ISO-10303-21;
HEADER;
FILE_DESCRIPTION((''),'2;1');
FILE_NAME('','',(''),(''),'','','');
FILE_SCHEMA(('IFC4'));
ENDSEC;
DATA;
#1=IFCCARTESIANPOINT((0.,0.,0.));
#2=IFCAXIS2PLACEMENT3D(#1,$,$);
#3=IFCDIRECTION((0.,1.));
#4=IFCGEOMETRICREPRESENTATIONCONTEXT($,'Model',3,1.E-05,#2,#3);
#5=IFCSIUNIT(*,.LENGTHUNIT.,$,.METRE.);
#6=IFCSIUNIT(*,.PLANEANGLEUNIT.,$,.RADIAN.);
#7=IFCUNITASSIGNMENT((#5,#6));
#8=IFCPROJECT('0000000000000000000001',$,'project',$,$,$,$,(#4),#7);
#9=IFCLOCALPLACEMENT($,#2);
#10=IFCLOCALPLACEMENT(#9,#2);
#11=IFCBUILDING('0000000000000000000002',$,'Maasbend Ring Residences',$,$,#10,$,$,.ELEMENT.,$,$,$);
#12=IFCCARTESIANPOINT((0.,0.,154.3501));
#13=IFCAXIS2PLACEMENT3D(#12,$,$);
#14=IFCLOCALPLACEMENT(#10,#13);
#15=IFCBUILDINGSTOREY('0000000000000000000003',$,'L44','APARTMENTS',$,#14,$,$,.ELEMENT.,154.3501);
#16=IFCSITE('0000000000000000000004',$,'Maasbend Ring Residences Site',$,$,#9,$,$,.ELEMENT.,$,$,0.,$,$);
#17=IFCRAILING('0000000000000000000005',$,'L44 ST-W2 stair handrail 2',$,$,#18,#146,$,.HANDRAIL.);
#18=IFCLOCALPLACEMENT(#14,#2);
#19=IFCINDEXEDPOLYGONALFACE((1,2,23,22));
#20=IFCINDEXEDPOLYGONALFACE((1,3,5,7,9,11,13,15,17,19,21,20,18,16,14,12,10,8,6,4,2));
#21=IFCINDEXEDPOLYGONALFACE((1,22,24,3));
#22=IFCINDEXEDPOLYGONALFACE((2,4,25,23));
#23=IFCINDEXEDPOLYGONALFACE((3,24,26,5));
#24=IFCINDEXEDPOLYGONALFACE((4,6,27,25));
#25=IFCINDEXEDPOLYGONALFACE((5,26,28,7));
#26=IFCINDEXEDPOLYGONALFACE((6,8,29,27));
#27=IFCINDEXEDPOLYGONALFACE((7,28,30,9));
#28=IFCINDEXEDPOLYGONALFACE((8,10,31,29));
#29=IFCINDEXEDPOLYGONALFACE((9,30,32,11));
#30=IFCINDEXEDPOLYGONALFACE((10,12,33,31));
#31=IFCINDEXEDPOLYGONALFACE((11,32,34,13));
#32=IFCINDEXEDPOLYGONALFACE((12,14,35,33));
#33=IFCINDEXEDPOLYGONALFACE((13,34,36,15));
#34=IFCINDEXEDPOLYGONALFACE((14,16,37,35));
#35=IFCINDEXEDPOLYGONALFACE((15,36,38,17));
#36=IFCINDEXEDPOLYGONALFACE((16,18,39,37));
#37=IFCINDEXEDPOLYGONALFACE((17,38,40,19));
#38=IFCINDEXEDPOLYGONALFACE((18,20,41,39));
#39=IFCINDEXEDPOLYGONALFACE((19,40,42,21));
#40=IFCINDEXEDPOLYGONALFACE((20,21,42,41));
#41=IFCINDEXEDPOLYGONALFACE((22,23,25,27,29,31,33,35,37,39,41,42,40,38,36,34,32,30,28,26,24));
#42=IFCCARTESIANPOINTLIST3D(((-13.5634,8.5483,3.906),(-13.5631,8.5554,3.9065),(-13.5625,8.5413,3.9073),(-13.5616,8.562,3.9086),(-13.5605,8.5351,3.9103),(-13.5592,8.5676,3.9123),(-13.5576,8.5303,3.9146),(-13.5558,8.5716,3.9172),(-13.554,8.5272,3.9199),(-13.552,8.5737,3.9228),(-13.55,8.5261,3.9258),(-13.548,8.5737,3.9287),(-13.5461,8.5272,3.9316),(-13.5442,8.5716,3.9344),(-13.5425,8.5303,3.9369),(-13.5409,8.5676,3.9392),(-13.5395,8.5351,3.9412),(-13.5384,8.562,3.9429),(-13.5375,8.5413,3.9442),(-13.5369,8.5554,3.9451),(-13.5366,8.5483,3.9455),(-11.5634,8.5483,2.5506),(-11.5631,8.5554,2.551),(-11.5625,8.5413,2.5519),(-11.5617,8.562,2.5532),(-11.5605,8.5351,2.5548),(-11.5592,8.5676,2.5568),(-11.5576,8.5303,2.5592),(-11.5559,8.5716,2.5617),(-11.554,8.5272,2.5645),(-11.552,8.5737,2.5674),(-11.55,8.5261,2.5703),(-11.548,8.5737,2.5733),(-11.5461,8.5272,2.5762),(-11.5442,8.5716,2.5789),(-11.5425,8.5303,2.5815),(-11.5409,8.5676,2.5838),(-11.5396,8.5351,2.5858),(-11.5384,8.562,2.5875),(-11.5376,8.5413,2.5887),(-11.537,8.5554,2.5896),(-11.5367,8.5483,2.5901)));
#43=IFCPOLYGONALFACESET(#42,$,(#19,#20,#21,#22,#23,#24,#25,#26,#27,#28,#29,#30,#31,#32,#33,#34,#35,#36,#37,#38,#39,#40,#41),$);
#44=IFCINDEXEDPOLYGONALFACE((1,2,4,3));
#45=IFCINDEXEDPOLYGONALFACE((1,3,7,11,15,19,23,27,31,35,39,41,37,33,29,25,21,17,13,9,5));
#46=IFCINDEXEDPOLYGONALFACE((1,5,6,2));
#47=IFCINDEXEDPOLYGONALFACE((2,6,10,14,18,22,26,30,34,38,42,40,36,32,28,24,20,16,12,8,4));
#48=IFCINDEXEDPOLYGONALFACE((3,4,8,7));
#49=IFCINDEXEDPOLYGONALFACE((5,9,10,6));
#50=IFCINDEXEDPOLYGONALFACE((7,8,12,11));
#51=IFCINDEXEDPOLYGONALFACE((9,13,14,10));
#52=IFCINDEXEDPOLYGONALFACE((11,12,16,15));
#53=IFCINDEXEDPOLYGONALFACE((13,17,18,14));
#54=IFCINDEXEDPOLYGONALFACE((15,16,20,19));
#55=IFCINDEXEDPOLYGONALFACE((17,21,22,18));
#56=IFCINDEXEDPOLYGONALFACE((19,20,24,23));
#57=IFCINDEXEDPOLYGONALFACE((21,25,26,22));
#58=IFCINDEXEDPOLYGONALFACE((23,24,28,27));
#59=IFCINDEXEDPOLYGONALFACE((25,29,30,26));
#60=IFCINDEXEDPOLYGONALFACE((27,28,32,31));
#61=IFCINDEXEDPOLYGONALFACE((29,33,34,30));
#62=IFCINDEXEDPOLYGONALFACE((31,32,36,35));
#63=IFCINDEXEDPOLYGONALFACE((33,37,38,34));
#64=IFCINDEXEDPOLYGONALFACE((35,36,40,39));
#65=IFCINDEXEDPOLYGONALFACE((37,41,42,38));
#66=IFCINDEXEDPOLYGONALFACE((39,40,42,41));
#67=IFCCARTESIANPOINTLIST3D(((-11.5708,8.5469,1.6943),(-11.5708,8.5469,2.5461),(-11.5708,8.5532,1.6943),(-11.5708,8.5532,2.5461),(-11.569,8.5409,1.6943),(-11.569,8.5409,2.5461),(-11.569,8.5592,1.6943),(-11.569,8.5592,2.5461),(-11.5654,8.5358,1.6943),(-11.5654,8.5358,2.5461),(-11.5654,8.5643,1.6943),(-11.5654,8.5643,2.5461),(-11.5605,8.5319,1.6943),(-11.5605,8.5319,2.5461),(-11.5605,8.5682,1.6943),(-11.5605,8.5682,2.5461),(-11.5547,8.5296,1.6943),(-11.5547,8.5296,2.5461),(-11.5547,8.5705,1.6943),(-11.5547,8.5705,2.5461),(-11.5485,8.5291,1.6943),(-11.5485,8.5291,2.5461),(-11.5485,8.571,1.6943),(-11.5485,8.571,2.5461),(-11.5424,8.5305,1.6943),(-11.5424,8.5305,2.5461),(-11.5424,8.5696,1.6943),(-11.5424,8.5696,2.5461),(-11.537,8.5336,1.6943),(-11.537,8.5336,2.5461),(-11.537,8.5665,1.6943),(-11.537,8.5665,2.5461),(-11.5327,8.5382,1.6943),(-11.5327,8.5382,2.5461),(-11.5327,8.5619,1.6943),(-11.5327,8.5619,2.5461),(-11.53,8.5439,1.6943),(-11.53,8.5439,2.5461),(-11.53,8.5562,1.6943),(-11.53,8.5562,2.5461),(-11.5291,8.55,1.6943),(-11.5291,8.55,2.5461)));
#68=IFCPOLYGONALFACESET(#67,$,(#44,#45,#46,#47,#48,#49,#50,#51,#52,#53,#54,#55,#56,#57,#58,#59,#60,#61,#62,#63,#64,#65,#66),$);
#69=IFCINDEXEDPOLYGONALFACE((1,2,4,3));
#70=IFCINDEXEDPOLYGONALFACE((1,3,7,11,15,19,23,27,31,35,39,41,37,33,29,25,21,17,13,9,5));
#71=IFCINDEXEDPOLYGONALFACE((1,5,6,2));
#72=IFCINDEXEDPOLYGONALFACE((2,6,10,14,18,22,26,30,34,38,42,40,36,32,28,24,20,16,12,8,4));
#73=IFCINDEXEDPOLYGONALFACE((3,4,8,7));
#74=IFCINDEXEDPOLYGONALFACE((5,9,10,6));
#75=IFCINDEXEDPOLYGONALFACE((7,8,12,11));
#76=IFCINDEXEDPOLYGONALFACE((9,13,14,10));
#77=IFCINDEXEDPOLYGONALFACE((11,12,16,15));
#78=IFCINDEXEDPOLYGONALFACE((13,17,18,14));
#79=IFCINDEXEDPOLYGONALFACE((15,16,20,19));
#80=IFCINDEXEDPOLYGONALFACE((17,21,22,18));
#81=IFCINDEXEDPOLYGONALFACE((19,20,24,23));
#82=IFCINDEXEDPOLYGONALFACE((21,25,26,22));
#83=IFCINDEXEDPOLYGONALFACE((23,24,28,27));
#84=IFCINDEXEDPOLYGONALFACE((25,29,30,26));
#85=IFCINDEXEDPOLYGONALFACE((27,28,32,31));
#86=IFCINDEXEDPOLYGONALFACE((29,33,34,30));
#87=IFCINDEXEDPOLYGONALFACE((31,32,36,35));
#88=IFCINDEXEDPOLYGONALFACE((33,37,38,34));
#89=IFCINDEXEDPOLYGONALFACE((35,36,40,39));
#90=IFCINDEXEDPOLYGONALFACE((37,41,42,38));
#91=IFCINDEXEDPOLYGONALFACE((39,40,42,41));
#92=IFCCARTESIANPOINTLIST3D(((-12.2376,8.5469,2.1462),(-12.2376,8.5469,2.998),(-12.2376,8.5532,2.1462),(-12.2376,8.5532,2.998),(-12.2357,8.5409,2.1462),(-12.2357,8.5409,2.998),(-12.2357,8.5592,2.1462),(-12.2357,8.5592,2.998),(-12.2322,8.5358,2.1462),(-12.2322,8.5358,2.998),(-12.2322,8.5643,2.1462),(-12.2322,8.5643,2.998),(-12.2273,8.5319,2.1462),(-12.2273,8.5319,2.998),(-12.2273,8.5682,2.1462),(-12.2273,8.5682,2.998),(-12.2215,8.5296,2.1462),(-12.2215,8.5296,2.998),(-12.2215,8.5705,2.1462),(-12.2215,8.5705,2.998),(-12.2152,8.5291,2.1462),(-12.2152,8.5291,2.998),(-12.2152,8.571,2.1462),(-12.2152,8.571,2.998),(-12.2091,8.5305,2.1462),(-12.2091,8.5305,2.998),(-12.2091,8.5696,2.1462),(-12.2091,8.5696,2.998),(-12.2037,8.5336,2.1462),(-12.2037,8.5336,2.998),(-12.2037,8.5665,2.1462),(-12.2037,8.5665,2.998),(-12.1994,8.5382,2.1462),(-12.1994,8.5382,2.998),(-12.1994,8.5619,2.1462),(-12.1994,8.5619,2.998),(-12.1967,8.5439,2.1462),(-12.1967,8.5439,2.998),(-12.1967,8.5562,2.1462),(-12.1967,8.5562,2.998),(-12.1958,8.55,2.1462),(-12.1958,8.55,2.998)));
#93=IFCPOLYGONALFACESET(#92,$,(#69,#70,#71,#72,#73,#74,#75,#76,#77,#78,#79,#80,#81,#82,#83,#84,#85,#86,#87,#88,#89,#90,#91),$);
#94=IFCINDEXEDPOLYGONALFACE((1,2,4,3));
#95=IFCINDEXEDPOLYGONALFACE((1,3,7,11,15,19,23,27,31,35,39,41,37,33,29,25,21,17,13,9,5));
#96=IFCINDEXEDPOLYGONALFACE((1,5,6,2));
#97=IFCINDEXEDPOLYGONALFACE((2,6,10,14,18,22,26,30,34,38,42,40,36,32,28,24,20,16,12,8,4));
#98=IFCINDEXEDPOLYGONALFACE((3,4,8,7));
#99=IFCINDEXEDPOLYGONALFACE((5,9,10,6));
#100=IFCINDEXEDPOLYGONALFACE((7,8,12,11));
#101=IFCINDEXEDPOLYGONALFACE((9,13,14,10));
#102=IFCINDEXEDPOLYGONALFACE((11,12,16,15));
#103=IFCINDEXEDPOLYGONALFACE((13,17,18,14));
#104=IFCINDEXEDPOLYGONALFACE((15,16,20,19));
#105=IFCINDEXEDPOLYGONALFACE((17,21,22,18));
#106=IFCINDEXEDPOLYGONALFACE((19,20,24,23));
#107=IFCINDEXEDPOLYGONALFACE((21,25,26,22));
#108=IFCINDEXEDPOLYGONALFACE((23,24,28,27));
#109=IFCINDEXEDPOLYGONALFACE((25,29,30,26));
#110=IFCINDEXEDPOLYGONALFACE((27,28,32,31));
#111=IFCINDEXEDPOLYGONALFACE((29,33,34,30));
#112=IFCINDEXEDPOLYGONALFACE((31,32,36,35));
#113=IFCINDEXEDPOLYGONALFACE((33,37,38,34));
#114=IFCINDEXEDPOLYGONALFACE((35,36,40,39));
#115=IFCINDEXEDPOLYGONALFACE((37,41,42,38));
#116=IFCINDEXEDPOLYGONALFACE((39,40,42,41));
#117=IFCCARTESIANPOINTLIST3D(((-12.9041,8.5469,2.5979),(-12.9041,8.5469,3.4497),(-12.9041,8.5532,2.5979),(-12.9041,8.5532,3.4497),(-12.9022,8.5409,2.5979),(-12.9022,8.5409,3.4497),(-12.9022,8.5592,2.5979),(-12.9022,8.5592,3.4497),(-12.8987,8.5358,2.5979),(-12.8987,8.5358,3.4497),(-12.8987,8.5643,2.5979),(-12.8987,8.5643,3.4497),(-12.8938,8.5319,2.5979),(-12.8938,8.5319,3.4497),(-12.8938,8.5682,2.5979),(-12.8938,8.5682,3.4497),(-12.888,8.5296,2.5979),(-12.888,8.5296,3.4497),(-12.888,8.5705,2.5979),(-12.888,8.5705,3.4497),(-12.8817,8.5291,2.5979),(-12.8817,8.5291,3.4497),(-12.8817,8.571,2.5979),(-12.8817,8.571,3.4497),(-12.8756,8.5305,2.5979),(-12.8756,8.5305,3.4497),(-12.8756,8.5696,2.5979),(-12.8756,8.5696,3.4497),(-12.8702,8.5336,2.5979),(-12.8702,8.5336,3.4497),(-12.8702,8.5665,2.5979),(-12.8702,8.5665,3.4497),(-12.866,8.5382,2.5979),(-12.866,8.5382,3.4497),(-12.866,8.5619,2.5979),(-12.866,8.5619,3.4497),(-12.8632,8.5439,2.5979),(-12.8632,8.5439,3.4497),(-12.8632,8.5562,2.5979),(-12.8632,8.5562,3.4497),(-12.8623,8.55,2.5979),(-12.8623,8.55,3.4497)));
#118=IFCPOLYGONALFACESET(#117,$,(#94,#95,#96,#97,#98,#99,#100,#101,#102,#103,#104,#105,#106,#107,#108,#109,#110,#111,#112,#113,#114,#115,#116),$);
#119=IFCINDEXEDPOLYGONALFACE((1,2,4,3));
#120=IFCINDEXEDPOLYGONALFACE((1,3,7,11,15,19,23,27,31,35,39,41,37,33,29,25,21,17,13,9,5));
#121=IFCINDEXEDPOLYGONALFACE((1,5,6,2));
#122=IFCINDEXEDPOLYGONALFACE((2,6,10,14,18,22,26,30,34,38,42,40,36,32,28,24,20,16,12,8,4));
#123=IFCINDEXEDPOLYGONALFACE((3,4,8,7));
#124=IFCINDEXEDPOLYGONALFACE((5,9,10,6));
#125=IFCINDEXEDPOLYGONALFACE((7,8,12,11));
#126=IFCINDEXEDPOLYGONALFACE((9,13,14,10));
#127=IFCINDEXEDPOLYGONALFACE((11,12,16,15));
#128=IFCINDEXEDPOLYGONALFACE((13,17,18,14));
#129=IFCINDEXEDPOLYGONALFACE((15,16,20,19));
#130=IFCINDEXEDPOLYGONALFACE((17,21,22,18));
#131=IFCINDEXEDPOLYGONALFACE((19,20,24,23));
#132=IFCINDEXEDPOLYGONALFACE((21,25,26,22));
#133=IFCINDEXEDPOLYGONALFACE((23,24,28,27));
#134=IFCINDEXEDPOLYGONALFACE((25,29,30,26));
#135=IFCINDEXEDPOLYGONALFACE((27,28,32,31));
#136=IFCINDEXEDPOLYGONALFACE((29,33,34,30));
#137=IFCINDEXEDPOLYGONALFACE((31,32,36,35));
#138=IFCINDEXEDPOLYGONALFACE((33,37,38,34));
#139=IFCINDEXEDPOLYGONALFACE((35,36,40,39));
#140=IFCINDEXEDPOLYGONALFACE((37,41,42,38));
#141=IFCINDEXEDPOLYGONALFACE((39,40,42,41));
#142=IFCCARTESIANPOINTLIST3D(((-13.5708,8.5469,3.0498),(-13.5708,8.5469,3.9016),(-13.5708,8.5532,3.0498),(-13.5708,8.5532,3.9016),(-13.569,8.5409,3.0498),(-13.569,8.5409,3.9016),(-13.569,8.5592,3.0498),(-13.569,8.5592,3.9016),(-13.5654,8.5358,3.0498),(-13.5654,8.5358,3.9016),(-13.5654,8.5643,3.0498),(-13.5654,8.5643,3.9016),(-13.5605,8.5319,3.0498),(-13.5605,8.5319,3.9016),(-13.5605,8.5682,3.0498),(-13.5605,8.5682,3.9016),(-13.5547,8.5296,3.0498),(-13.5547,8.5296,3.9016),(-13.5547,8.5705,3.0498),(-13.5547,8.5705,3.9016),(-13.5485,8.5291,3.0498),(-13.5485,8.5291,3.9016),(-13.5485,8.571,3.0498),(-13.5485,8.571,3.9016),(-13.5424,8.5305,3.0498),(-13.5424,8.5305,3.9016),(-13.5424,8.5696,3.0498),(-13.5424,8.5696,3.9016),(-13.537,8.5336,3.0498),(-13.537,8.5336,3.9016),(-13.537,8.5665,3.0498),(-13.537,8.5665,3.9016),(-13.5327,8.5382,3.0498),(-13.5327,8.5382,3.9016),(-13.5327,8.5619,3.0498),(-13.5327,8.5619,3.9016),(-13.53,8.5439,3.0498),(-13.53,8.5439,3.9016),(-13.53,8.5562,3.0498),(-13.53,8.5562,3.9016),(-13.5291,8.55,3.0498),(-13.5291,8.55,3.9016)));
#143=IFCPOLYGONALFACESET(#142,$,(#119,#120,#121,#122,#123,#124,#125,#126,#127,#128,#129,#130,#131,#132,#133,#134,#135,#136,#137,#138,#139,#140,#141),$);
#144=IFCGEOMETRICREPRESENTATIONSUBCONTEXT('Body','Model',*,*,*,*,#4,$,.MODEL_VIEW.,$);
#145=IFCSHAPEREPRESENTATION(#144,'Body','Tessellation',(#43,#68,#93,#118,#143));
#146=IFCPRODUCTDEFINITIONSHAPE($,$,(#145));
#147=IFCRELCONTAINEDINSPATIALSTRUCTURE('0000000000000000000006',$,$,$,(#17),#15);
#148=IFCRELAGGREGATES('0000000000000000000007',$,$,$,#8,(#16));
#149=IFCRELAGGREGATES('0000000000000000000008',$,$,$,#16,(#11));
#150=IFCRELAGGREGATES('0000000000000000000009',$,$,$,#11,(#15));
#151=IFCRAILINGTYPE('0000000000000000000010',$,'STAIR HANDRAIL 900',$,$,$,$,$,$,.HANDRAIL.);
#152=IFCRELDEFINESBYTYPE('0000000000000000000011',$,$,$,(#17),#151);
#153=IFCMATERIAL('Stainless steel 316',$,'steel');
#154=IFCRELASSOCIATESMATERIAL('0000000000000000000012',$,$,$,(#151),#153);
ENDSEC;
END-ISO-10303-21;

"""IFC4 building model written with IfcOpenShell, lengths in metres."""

from ifc_helpers import new_model, si_unit, direction, frame, origin, origin_2d, place, context, subcontext, project, spatial, circle, extrude, material, type_object, element, save


model = new_model("IFC4")

# Units and contexts
model_context = context("Model", 3, precision=1e-05, world=origin(), true_north=direction((0.0, 1.0)))
body_context = subcontext(model_context, "Body", "Model", "MODEL_VIEW")
ifc_project = project(units=[si_unit("LENGTHUNIT", "METRE"), si_unit("PLANEANGLEUNIT", "RADIAN")], contexts=[model_context])

# Site, building, storey
site_placement = place(None, origin())
site = spatial("IfcSite", under=ifc_project, at=site_placement, Name="Maasbend Ring Residences Site", CompositionType="ELEMENT", RefElevation=0.0)
building_placement = place(site_placement, origin())
building = spatial("IfcBuilding", under=site, at=building_placement, Name="Maasbend Ring Residences", CompositionType="ELEMENT")
storey_placement = place(building_placement, frame((0.0, 0.0, 154.3501)))
storey = spatial("IfcBuildingStorey", under=building, at=storey_placement, Name="L44", Description="APARTMENTS", CompositionType="ELEMENT", Elevation=154.3501)

# Railing
ifc_material_1 = material(Name="Stainless steel 316", Category="steel")
railing_type_1 = type_object("IfcRailingType", Name="STAIR HANDRAIL 900", PredefinedType="HANDRAIL", material=ifc_material_1)
railing_1_placement = place(storey_placement, frame((-11.55, 8.55, 1.6943)))
element("IfcRailing", 1, at=railing_1_placement, inside=storey, type_object=railing_type_1, Name="L44 ST-W2 stair handrail 2", PredefinedType="HANDRAIL", context=body_context, shape_type="SweptSolid", body=[
    extrude(circle(Radius=0.0239, at=origin_2d()), frame((0.0, 0.0, 0.876), z_axis=(-0.827798, 0.0, 0.561027), x_axis=(0.0, -1.0, 0.0)), (0.0, 0.0, 1.0), 2.416),
    extrude(circle(Radius=0.021, at=origin_2d()), origin(), (0.0, 0.0, 1.0), 0.8518),
    extrude(circle(Radius=0.021, at=origin_2d()), frame((-0.6667, 0.0, 0.4519)), (0.0, 0.0, 1.0), 0.8518),
    extrude(circle(Radius=0.021, at=origin_2d()), frame((-1.3333, 0.0, 0.9036)), (0.0, 0.0, 1.0), 0.8518),
    extrude(circle(Radius=0.021, at=origin_2d()), frame((-2.0, 0.0, 1.3555)), (0.0, 0.0, 1.0), 0.8518),
])

save(model, "model.ifc")
